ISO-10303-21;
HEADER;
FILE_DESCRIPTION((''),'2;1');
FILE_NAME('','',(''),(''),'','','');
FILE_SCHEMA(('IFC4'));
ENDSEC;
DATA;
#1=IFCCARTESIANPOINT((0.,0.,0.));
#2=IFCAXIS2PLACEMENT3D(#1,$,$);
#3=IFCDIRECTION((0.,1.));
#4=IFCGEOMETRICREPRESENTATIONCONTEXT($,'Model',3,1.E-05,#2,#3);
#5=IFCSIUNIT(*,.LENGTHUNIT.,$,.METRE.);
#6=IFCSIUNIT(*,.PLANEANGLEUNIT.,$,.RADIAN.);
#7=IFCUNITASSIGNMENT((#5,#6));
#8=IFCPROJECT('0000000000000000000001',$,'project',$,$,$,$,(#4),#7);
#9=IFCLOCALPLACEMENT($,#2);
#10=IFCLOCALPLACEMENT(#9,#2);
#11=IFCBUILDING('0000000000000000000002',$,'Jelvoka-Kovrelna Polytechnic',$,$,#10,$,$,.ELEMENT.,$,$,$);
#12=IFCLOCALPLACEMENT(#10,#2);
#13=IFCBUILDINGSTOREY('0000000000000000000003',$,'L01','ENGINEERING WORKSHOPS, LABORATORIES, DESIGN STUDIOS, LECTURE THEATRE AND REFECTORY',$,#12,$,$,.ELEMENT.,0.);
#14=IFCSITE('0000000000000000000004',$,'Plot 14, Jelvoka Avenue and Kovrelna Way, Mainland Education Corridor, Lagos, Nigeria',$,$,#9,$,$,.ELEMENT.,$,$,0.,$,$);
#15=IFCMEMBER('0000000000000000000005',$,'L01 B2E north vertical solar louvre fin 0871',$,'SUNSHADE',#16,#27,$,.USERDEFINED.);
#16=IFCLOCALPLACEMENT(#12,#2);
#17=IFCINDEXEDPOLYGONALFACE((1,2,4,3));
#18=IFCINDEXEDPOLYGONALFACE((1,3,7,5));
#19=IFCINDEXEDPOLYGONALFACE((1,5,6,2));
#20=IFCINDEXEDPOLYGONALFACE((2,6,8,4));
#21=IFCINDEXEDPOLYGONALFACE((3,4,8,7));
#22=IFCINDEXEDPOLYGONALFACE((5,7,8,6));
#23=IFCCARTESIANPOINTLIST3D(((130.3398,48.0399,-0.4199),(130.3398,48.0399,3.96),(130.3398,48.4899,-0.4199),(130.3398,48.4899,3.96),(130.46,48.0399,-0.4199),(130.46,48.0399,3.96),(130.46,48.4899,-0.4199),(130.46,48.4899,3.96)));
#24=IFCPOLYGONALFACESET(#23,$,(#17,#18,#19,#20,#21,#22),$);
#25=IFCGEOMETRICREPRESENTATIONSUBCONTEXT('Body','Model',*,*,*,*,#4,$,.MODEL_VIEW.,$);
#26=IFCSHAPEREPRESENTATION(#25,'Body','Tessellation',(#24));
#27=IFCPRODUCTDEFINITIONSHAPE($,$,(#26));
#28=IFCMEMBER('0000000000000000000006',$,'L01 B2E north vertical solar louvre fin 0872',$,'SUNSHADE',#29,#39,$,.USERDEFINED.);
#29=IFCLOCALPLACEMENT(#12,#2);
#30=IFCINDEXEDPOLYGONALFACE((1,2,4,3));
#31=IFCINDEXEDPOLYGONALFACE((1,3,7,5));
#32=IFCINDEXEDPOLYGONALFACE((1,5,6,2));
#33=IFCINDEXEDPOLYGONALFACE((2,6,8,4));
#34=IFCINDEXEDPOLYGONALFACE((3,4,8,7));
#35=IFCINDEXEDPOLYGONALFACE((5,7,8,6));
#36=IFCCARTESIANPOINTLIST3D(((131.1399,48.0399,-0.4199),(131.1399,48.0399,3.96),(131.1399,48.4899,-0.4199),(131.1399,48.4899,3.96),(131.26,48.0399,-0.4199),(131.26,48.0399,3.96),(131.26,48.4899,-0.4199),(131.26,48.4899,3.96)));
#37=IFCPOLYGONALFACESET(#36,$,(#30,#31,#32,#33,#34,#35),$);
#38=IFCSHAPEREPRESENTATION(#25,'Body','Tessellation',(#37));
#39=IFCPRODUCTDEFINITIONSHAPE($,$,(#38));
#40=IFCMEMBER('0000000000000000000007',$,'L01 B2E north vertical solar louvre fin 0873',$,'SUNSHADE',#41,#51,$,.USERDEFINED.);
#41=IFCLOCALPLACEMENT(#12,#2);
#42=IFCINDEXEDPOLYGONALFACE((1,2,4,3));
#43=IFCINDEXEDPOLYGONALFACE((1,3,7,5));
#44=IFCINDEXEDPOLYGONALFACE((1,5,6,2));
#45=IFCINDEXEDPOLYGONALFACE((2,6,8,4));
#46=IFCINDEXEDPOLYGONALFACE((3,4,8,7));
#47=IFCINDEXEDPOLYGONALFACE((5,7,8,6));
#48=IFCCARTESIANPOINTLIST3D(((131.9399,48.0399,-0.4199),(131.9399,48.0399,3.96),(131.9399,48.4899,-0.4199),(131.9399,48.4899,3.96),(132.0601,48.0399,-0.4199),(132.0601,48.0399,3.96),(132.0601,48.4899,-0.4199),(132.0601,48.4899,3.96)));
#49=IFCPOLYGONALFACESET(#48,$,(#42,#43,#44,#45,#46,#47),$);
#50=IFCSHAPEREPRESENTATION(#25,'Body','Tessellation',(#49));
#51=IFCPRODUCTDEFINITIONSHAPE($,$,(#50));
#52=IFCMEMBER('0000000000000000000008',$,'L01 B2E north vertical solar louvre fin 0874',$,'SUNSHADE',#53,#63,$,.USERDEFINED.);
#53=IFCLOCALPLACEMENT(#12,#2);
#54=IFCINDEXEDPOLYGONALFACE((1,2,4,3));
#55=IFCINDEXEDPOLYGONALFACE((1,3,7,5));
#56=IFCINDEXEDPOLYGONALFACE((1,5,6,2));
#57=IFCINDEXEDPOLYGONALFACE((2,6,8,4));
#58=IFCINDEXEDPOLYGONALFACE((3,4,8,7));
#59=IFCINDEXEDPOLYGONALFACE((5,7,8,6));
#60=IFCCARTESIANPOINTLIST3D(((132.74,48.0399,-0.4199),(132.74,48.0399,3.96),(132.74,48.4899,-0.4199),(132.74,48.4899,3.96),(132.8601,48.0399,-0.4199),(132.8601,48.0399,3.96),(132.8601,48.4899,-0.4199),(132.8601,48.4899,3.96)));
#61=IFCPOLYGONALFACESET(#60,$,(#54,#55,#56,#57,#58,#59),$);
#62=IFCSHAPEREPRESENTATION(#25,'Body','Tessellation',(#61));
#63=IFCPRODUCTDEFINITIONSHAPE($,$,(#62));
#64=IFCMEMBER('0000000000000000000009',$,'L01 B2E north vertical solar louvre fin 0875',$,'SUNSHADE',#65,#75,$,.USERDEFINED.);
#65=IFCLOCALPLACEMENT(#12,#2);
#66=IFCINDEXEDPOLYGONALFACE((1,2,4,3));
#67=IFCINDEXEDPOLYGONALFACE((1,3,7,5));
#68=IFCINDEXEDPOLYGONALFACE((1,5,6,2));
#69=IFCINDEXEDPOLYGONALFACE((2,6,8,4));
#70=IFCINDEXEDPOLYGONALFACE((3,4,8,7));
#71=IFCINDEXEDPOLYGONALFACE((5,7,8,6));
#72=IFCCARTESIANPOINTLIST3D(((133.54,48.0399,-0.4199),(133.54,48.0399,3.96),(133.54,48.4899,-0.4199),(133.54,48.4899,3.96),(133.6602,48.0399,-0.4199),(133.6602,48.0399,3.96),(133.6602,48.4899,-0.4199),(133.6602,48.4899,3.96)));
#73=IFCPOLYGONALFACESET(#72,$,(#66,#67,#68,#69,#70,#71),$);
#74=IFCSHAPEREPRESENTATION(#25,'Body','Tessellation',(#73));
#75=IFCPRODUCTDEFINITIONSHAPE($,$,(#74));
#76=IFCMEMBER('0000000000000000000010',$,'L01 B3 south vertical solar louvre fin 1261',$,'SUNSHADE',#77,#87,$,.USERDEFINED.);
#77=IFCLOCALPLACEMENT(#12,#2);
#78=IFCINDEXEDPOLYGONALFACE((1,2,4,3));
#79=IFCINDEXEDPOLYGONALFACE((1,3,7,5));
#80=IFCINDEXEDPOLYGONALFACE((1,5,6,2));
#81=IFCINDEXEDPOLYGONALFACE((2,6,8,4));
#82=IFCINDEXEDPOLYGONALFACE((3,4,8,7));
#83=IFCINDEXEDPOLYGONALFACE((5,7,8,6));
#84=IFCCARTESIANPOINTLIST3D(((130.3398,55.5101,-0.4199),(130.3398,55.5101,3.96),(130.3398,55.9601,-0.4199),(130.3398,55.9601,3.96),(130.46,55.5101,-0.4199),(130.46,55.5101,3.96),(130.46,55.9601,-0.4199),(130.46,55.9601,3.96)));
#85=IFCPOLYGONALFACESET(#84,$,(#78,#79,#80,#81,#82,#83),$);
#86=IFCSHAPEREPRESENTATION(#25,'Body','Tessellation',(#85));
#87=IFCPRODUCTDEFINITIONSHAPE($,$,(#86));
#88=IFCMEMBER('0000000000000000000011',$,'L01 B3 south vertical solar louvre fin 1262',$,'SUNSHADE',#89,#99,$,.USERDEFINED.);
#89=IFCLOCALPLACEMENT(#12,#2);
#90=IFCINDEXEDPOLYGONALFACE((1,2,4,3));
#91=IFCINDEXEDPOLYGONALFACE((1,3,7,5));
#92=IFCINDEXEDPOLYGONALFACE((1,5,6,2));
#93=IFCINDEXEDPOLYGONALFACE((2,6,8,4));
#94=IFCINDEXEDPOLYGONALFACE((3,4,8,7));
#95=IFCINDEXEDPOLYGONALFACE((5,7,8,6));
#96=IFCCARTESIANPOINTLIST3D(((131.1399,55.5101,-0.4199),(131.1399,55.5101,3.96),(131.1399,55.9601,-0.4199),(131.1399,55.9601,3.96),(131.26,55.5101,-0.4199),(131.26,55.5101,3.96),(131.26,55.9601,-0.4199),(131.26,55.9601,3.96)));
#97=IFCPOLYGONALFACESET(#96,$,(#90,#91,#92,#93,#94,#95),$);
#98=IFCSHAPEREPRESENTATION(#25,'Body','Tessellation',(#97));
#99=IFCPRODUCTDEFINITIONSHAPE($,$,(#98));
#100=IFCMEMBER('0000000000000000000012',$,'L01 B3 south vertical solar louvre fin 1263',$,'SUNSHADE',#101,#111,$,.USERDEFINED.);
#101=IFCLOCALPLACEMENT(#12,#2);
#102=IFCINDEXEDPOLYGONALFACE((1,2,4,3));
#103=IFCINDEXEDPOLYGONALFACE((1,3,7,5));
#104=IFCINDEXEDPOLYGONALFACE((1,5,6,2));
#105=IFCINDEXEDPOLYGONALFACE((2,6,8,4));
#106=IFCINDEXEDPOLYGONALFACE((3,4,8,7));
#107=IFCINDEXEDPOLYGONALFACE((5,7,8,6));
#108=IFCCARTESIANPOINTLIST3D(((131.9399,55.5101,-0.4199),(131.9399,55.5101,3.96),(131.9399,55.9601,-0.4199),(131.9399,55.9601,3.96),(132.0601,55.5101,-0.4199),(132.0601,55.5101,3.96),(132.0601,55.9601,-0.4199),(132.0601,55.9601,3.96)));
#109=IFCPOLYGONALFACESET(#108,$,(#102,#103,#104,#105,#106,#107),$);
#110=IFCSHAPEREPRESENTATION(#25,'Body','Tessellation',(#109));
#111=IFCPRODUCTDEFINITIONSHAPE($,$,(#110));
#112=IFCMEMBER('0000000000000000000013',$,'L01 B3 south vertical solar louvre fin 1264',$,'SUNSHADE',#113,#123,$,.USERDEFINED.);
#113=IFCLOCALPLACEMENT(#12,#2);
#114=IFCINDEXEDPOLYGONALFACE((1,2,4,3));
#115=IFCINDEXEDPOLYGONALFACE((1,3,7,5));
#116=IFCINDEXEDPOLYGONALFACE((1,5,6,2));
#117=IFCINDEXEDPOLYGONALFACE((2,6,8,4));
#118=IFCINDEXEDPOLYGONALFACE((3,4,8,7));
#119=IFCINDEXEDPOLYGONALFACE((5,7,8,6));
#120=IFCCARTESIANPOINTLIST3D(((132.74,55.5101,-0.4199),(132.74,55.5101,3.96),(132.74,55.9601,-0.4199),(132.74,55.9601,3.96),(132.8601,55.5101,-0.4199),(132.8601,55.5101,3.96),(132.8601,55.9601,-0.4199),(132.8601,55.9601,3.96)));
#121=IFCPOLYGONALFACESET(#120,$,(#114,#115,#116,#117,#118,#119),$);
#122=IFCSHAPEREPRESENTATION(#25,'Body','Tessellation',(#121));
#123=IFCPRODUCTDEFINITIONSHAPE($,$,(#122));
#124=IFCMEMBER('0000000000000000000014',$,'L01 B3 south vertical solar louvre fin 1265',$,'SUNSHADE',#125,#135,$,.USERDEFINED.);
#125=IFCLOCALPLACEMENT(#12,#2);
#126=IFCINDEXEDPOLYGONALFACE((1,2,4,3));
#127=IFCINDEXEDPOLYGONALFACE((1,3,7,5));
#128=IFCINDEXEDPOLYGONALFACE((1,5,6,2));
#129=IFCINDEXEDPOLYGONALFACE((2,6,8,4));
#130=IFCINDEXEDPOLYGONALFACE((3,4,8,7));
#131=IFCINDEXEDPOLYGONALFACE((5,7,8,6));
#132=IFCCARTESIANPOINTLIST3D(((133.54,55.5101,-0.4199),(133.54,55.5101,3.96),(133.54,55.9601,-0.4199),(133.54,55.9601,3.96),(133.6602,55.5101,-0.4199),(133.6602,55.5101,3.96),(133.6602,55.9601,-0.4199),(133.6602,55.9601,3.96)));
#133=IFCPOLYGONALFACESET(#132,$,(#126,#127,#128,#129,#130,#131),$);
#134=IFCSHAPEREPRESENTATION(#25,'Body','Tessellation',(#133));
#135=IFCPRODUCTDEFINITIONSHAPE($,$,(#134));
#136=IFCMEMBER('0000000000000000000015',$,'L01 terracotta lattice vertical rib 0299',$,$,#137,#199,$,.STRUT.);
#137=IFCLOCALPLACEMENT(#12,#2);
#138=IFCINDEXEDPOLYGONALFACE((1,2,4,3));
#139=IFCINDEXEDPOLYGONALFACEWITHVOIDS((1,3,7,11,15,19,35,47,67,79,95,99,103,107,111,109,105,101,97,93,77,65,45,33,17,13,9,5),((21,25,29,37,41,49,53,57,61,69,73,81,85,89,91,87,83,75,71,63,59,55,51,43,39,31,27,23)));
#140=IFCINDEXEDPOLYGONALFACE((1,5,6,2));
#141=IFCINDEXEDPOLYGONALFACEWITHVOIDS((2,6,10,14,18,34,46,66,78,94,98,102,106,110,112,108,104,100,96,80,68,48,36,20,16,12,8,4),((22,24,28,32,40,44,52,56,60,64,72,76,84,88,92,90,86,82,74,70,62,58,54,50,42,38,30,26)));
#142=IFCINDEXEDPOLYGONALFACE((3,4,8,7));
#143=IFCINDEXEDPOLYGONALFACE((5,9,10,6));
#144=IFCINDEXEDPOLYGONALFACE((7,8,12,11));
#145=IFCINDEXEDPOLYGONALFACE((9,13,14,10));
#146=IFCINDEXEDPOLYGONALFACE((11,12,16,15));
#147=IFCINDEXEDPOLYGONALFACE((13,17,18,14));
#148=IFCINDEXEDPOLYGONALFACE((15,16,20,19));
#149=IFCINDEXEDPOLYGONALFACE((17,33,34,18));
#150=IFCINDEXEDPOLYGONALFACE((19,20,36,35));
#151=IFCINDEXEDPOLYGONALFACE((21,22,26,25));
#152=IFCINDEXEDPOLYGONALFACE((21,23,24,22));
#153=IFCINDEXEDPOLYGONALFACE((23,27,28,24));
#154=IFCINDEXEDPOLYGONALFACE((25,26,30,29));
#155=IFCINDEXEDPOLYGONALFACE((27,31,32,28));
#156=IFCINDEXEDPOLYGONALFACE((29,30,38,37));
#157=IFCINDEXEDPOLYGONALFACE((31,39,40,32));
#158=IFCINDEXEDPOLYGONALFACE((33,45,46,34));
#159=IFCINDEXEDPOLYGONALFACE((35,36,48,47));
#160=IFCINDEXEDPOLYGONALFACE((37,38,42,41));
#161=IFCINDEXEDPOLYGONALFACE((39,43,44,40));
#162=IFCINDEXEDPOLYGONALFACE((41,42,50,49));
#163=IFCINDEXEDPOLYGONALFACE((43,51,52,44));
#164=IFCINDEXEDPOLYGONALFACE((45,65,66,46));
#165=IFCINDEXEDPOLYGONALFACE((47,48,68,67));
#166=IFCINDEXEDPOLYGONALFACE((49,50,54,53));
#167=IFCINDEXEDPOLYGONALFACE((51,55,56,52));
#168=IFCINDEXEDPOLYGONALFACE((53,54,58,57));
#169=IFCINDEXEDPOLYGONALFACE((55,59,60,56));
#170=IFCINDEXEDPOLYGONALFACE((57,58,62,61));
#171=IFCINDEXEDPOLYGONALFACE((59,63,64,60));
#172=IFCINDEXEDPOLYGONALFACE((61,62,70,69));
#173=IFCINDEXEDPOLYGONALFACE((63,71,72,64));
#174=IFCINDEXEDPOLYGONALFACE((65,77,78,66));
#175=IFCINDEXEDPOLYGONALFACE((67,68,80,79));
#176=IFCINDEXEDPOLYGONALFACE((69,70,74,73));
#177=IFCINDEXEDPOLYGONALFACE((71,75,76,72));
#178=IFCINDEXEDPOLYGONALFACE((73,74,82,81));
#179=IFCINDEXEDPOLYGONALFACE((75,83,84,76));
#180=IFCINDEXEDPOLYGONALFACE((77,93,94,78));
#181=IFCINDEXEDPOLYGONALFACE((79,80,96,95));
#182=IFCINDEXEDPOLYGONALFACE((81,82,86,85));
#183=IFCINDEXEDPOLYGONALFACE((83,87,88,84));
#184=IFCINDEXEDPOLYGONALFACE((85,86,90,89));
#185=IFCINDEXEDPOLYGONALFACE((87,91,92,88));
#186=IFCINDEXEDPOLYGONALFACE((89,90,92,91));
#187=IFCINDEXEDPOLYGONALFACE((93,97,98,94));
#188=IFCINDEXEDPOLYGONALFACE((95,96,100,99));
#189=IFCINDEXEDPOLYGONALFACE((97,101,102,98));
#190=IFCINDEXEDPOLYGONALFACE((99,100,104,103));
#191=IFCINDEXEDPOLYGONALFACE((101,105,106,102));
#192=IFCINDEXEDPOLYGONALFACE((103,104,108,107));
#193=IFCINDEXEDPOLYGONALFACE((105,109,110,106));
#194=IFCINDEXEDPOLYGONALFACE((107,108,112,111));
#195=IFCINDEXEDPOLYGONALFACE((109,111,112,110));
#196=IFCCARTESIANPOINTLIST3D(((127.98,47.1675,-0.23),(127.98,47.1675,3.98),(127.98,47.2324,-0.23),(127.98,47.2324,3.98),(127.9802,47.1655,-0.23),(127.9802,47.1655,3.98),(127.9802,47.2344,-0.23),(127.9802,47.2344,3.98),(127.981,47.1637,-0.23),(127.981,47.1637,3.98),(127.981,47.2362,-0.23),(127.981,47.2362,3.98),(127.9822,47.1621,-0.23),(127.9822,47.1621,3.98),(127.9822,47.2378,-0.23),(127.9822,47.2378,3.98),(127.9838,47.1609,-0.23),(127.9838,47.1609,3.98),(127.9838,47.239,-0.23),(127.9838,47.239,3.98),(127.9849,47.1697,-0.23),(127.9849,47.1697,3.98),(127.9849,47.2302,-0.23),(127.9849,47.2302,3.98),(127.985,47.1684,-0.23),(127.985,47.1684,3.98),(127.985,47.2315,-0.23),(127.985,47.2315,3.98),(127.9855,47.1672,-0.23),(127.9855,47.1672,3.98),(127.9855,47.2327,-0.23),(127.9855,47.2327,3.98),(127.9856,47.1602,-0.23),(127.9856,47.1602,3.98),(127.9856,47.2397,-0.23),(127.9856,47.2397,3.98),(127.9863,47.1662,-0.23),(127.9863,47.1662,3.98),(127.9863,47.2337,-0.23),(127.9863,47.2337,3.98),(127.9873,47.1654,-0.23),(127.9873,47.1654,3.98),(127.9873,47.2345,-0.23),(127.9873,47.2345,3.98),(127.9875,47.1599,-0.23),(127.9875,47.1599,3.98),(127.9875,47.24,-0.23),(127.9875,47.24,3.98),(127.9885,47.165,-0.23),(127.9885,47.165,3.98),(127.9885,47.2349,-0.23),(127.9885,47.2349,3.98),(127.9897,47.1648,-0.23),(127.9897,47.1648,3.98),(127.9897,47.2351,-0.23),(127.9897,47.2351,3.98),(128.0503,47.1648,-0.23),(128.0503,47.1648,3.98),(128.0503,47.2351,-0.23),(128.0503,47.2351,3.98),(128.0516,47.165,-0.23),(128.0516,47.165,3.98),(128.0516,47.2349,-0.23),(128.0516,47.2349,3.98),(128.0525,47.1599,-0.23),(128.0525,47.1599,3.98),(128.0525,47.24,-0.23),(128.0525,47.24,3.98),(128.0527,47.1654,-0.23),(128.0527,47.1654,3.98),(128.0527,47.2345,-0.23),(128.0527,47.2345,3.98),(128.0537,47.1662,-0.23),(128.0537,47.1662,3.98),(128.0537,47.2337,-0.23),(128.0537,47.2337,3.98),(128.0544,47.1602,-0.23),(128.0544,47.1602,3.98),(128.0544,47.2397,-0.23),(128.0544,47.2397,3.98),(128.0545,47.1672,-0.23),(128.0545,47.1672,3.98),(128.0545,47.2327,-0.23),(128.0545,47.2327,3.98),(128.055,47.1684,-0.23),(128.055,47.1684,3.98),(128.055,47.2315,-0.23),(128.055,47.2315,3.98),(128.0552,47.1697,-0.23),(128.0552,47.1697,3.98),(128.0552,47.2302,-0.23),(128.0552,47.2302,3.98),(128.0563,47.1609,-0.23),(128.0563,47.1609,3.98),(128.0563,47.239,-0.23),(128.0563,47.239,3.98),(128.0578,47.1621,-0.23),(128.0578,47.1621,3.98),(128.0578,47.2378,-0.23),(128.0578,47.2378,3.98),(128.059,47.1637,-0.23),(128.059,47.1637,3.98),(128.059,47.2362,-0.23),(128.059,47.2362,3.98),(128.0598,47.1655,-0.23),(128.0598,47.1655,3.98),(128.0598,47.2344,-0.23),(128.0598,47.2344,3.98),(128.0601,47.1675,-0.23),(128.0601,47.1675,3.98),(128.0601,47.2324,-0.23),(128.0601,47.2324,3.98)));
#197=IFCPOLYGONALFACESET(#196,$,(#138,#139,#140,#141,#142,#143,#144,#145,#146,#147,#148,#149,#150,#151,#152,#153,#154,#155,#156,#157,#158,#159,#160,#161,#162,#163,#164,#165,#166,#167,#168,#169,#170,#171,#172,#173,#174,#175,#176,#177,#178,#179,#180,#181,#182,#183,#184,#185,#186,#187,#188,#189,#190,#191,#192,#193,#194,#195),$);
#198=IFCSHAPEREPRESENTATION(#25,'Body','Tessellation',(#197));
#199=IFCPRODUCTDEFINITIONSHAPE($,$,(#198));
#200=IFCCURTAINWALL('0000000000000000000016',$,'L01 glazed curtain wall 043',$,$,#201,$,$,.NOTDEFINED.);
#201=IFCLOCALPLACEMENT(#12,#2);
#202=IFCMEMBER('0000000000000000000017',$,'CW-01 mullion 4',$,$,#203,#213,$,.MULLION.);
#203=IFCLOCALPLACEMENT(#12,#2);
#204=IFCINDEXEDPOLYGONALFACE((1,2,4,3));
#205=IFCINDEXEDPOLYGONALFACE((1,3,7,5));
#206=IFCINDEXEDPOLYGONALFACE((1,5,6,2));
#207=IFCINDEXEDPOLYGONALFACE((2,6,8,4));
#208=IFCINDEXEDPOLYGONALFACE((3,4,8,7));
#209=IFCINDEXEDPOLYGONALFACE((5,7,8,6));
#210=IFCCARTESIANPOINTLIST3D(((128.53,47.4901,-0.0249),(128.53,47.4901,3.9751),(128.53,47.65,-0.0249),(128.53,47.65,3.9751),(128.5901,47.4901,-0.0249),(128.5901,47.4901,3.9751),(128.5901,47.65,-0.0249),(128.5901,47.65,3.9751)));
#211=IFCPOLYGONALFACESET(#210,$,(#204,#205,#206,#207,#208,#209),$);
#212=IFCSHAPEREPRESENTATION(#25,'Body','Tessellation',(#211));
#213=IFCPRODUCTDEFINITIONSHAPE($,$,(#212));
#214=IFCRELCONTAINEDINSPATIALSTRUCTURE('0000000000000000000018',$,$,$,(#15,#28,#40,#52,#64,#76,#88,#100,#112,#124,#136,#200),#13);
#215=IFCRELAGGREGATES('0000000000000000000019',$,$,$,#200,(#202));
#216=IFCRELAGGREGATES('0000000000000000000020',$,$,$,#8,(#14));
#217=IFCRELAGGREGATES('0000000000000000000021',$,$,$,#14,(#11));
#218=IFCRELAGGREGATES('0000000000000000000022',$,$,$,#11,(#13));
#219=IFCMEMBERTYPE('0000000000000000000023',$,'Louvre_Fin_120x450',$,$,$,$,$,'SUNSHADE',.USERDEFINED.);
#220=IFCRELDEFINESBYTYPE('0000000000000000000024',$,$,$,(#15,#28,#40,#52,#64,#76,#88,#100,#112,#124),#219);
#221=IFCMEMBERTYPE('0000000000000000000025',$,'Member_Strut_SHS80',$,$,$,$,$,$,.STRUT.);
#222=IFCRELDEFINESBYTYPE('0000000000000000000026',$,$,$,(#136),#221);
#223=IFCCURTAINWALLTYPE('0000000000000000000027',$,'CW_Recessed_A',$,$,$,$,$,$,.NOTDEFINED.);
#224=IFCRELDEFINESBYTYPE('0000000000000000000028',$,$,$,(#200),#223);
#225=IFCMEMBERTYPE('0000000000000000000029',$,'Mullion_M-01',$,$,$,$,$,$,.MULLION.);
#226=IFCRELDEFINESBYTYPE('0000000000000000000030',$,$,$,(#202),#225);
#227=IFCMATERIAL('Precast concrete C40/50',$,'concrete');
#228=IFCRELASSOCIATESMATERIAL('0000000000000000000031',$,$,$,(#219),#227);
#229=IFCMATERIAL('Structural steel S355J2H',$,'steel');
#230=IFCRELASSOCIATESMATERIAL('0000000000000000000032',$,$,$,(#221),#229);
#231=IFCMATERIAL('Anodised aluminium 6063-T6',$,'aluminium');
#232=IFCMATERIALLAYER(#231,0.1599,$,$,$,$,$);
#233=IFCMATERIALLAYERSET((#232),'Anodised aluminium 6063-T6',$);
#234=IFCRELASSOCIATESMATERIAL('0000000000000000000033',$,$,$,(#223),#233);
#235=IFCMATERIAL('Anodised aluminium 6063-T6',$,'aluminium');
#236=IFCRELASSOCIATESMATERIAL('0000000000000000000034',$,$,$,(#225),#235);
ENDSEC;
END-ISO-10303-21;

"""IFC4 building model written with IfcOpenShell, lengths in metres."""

from ifc_helpers import new_model, si_unit, direction, frame, origin, origin_2d, place, context, subcontext, project, spatial, rectangle, hollow_rectangle, extrude, material, layer, layer_set, material_profile, profile_set, type_object, element, aggregate, save


model = new_model("IFC4")

# Units and contexts
model_context = context("Model", 3, precision=1e-05, world=origin(), true_north=direction((0.0, 1.0)))
body_context = subcontext(model_context, "Body", "Model", "MODEL_VIEW")
ifc_project = project(units=[si_unit("LENGTHUNIT", "METRE"), si_unit("PLANEANGLEUNIT", "RADIAN")], contexts=[model_context])

# Site, building, storey
site_placement = place(None, origin())
site = spatial("IfcSite", under=ifc_project, at=site_placement, Name="Plot 14, Jelvoka Avenue and Kovrelna Way, Mainland Education Corridor, Lagos, Nigeria", CompositionType="ELEMENT", RefElevation=0.0)
building_placement = place(site_placement, origin())
building = spatial("IfcBuilding", under=site, at=building_placement, Name="Jelvoka-Kovrelna Polytechnic", CompositionType="ELEMENT")
storey_placement = place(building_placement, origin())
storey = spatial("IfcBuildingStorey", under=building, at=storey_placement, Name="L01", Description="ENGINEERING WORKSHOPS, LABORATORIES, DESIGN STUDIOS, LECTURE THEATRE AND REFECTORY", CompositionType="ELEMENT", Elevation=0.0)

# Members
ifc_material_1 = material(Name="Precast concrete C40/50", Category="concrete")
ifc_material_profile_1 = material_profile(ifc_material_1, rectangle(XDim=0.1201, YDim=0.45, at=origin_2d()), Name="PC 120x450")
ifc_profile_set_1 = profile_set([ifc_material_profile_1], Name="Precast concrete C40/50")
member_type_1 = type_object("IfcMemberType", Name="Louvre_Fin_120x450", ElementType="SUNSHADE", PredefinedType="USERDEFINED", material=ifc_profile_set_1)
for number, where, z_axis, x_axis, name in (
    (1, (130.3999, 48.2649, -0.4199), (0.0, 0.0, 1.0), (1.0, 0.0, 0.0), "L01 B2E north vertical solar louvre fin 0871"),
    (2, (131.2, 48.2649, -0.4199), (0.0, 0.0, 1.0), (1.0, 0.0, 0.0), "L01 B2E north vertical solar louvre fin 0872"),
    (3, (132.0, 48.2649, -0.4199), (0.0, 0.0, 1.0), (1.0, 0.0, 0.0), "L01 B2E north vertical solar louvre fin 0873"),
    (4, (132.8, 48.2649, -0.4199), (0.0, 0.0, 1.0), (1.0, 0.0, 0.0), "L01 B2E north vertical solar louvre fin 0874"),
    (5, (133.6001, 48.2649, -0.4199), (0.0, 0.0, 1.0), (1.0, 0.0, 0.0), "L01 B2E north vertical solar louvre fin 0875"),
    (6, (130.3999, 55.7351, -0.4199), (0.0, 0.0, 1.0), (1.0, 0.0, 0.0), "L01 B3 south vertical solar louvre fin 1261"),
    (7, (131.2, 55.7351, -0.4199), (0.0, 0.0, 1.0), (1.0, 0.0, 0.0), "L01 B3 south vertical solar louvre fin 1262"),
    (8, (132.0, 55.7351, -0.4199), (0.0, 0.0, 1.0), (1.0, 0.0, 0.0), "L01 B3 south vertical solar louvre fin 1263"),
    (9, (132.8, 55.7351, -0.4199), (0.0, 0.0, 1.0), (1.0, 0.0, 0.0), "L01 B3 south vertical solar louvre fin 1264"),
    (10, (133.6001, 55.7351, -0.4199), (0.0, 0.0, 1.0), (1.0, 0.0, 0.0), "L01 B3 south vertical solar louvre fin 1265"),
):
    element("IfcMember", number, at=place(storey_placement, frame(where, z_axis=z_axis, x_axis=x_axis)), inside=storey, type_object=member_type_1, Name=name, ObjectType="SUNSHADE", PredefinedType="USERDEFINED", context=body_context, shape_type="SweptSolid", body=[
        extrude(rectangle(XDim=0.1201, YDim=0.45, at=origin_2d()), origin(), (0.0, 0.0, 1.0), 4.3799),
    ])
ifc_material_2 = material(Name="Structural steel S355J2H", Category="steel")
ifc_material_profile_2 = material_profile(ifc_material_2, hollow_rectangle(XDim=0.0801, YDim=0.0801, WallThickness=0.0049, InnerFilletRadius=0.0049, OuterFilletRadius=0.0076, at=origin_2d()), Name="80x80x5.0 SHS")
ifc_profile_set_2 = profile_set([ifc_material_profile_2], Name="Structural steel S355J2H")
member_type_2 = type_object("IfcMemberType", Name="Member_Strut_SHS80", PredefinedType="STRUT", material=ifc_profile_set_2)
member_1_placement = place(storey_placement, frame((128.02, 47.2, -0.23), z_axis=(0.0, 0.0, 1.0), x_axis=(1.0, 0.0, 0.0)))
element("IfcMember", 11, at=member_1_placement, inside=storey, type_object=member_type_2, Name="L01 terracotta lattice vertical rib 0299", PredefinedType="STRUT", context=body_context, shape_type="SweptSolid", body=[
    extrude(hollow_rectangle(XDim=0.0801, YDim=0.0801, WallThickness=0.0049, InnerFilletRadius=0.0049, OuterFilletRadius=0.0076, at=origin_2d()), origin(), (0.0, 0.0, 1.0), 4.21),
])

# Curtain wall, member
ifc_material_3 = material(Name="Anodised aluminium 6063-T6", Category="aluminium")
ifc_layer_1 = layer(ifc_material_3, 0.1599)
ifc_layer_set_1 = layer_set([ifc_layer_1], Name="Anodised aluminium 6063-T6")
curtain_wall_type = type_object("IfcCurtainWallType", Name="CW_Recessed_A", PredefinedType="NOTDEFINED", material=ifc_layer_set_1)
curtain_wall_placement = place(storey_placement, origin())
curtain_wall = element("IfcCurtainWall", 12, at=curtain_wall_placement, inside=storey, type_object=curtain_wall_type, Name="L01 glazed curtain wall 043", PredefinedType="NOTDEFINED")
ifc_material_4 = material(Name="Anodised aluminium 6063-T6", Category="aluminium")
ifc_material_profile_3 = material_profile(ifc_material_4, rectangle(XDim=0.0601, YDim=0.1599, at=origin_2d()), Name="ALU 60x160")
ifc_profile_set_3 = profile_set([ifc_material_profile_3], Name="Anodised aluminium 6063-T6")
member_type_3 = type_object("IfcMemberType", Name="Mullion_M-01", PredefinedType="MULLION", material=ifc_profile_set_3)
member_2_placement = place(storey_placement, frame((128.5601, 47.5701, -0.0249), z_axis=(0.0, 0.0, 1.0), x_axis=(-1.0, 0.0, 0.0)))
member_2 = element("IfcMember", 13, at=member_2_placement, type_object=member_type_3, Name="CW-01 mullion 4", PredefinedType="MULLION", context=body_context, shape_type="SweptSolid", body=[
    extrude(rectangle(XDim=0.0601, YDim=0.1599, at=origin_2d()), origin(), (0.0, 0.0, 1.0), 4.0),
])
aggregate(curtain_wall, [member_2])

save(model, "model.ifc")
